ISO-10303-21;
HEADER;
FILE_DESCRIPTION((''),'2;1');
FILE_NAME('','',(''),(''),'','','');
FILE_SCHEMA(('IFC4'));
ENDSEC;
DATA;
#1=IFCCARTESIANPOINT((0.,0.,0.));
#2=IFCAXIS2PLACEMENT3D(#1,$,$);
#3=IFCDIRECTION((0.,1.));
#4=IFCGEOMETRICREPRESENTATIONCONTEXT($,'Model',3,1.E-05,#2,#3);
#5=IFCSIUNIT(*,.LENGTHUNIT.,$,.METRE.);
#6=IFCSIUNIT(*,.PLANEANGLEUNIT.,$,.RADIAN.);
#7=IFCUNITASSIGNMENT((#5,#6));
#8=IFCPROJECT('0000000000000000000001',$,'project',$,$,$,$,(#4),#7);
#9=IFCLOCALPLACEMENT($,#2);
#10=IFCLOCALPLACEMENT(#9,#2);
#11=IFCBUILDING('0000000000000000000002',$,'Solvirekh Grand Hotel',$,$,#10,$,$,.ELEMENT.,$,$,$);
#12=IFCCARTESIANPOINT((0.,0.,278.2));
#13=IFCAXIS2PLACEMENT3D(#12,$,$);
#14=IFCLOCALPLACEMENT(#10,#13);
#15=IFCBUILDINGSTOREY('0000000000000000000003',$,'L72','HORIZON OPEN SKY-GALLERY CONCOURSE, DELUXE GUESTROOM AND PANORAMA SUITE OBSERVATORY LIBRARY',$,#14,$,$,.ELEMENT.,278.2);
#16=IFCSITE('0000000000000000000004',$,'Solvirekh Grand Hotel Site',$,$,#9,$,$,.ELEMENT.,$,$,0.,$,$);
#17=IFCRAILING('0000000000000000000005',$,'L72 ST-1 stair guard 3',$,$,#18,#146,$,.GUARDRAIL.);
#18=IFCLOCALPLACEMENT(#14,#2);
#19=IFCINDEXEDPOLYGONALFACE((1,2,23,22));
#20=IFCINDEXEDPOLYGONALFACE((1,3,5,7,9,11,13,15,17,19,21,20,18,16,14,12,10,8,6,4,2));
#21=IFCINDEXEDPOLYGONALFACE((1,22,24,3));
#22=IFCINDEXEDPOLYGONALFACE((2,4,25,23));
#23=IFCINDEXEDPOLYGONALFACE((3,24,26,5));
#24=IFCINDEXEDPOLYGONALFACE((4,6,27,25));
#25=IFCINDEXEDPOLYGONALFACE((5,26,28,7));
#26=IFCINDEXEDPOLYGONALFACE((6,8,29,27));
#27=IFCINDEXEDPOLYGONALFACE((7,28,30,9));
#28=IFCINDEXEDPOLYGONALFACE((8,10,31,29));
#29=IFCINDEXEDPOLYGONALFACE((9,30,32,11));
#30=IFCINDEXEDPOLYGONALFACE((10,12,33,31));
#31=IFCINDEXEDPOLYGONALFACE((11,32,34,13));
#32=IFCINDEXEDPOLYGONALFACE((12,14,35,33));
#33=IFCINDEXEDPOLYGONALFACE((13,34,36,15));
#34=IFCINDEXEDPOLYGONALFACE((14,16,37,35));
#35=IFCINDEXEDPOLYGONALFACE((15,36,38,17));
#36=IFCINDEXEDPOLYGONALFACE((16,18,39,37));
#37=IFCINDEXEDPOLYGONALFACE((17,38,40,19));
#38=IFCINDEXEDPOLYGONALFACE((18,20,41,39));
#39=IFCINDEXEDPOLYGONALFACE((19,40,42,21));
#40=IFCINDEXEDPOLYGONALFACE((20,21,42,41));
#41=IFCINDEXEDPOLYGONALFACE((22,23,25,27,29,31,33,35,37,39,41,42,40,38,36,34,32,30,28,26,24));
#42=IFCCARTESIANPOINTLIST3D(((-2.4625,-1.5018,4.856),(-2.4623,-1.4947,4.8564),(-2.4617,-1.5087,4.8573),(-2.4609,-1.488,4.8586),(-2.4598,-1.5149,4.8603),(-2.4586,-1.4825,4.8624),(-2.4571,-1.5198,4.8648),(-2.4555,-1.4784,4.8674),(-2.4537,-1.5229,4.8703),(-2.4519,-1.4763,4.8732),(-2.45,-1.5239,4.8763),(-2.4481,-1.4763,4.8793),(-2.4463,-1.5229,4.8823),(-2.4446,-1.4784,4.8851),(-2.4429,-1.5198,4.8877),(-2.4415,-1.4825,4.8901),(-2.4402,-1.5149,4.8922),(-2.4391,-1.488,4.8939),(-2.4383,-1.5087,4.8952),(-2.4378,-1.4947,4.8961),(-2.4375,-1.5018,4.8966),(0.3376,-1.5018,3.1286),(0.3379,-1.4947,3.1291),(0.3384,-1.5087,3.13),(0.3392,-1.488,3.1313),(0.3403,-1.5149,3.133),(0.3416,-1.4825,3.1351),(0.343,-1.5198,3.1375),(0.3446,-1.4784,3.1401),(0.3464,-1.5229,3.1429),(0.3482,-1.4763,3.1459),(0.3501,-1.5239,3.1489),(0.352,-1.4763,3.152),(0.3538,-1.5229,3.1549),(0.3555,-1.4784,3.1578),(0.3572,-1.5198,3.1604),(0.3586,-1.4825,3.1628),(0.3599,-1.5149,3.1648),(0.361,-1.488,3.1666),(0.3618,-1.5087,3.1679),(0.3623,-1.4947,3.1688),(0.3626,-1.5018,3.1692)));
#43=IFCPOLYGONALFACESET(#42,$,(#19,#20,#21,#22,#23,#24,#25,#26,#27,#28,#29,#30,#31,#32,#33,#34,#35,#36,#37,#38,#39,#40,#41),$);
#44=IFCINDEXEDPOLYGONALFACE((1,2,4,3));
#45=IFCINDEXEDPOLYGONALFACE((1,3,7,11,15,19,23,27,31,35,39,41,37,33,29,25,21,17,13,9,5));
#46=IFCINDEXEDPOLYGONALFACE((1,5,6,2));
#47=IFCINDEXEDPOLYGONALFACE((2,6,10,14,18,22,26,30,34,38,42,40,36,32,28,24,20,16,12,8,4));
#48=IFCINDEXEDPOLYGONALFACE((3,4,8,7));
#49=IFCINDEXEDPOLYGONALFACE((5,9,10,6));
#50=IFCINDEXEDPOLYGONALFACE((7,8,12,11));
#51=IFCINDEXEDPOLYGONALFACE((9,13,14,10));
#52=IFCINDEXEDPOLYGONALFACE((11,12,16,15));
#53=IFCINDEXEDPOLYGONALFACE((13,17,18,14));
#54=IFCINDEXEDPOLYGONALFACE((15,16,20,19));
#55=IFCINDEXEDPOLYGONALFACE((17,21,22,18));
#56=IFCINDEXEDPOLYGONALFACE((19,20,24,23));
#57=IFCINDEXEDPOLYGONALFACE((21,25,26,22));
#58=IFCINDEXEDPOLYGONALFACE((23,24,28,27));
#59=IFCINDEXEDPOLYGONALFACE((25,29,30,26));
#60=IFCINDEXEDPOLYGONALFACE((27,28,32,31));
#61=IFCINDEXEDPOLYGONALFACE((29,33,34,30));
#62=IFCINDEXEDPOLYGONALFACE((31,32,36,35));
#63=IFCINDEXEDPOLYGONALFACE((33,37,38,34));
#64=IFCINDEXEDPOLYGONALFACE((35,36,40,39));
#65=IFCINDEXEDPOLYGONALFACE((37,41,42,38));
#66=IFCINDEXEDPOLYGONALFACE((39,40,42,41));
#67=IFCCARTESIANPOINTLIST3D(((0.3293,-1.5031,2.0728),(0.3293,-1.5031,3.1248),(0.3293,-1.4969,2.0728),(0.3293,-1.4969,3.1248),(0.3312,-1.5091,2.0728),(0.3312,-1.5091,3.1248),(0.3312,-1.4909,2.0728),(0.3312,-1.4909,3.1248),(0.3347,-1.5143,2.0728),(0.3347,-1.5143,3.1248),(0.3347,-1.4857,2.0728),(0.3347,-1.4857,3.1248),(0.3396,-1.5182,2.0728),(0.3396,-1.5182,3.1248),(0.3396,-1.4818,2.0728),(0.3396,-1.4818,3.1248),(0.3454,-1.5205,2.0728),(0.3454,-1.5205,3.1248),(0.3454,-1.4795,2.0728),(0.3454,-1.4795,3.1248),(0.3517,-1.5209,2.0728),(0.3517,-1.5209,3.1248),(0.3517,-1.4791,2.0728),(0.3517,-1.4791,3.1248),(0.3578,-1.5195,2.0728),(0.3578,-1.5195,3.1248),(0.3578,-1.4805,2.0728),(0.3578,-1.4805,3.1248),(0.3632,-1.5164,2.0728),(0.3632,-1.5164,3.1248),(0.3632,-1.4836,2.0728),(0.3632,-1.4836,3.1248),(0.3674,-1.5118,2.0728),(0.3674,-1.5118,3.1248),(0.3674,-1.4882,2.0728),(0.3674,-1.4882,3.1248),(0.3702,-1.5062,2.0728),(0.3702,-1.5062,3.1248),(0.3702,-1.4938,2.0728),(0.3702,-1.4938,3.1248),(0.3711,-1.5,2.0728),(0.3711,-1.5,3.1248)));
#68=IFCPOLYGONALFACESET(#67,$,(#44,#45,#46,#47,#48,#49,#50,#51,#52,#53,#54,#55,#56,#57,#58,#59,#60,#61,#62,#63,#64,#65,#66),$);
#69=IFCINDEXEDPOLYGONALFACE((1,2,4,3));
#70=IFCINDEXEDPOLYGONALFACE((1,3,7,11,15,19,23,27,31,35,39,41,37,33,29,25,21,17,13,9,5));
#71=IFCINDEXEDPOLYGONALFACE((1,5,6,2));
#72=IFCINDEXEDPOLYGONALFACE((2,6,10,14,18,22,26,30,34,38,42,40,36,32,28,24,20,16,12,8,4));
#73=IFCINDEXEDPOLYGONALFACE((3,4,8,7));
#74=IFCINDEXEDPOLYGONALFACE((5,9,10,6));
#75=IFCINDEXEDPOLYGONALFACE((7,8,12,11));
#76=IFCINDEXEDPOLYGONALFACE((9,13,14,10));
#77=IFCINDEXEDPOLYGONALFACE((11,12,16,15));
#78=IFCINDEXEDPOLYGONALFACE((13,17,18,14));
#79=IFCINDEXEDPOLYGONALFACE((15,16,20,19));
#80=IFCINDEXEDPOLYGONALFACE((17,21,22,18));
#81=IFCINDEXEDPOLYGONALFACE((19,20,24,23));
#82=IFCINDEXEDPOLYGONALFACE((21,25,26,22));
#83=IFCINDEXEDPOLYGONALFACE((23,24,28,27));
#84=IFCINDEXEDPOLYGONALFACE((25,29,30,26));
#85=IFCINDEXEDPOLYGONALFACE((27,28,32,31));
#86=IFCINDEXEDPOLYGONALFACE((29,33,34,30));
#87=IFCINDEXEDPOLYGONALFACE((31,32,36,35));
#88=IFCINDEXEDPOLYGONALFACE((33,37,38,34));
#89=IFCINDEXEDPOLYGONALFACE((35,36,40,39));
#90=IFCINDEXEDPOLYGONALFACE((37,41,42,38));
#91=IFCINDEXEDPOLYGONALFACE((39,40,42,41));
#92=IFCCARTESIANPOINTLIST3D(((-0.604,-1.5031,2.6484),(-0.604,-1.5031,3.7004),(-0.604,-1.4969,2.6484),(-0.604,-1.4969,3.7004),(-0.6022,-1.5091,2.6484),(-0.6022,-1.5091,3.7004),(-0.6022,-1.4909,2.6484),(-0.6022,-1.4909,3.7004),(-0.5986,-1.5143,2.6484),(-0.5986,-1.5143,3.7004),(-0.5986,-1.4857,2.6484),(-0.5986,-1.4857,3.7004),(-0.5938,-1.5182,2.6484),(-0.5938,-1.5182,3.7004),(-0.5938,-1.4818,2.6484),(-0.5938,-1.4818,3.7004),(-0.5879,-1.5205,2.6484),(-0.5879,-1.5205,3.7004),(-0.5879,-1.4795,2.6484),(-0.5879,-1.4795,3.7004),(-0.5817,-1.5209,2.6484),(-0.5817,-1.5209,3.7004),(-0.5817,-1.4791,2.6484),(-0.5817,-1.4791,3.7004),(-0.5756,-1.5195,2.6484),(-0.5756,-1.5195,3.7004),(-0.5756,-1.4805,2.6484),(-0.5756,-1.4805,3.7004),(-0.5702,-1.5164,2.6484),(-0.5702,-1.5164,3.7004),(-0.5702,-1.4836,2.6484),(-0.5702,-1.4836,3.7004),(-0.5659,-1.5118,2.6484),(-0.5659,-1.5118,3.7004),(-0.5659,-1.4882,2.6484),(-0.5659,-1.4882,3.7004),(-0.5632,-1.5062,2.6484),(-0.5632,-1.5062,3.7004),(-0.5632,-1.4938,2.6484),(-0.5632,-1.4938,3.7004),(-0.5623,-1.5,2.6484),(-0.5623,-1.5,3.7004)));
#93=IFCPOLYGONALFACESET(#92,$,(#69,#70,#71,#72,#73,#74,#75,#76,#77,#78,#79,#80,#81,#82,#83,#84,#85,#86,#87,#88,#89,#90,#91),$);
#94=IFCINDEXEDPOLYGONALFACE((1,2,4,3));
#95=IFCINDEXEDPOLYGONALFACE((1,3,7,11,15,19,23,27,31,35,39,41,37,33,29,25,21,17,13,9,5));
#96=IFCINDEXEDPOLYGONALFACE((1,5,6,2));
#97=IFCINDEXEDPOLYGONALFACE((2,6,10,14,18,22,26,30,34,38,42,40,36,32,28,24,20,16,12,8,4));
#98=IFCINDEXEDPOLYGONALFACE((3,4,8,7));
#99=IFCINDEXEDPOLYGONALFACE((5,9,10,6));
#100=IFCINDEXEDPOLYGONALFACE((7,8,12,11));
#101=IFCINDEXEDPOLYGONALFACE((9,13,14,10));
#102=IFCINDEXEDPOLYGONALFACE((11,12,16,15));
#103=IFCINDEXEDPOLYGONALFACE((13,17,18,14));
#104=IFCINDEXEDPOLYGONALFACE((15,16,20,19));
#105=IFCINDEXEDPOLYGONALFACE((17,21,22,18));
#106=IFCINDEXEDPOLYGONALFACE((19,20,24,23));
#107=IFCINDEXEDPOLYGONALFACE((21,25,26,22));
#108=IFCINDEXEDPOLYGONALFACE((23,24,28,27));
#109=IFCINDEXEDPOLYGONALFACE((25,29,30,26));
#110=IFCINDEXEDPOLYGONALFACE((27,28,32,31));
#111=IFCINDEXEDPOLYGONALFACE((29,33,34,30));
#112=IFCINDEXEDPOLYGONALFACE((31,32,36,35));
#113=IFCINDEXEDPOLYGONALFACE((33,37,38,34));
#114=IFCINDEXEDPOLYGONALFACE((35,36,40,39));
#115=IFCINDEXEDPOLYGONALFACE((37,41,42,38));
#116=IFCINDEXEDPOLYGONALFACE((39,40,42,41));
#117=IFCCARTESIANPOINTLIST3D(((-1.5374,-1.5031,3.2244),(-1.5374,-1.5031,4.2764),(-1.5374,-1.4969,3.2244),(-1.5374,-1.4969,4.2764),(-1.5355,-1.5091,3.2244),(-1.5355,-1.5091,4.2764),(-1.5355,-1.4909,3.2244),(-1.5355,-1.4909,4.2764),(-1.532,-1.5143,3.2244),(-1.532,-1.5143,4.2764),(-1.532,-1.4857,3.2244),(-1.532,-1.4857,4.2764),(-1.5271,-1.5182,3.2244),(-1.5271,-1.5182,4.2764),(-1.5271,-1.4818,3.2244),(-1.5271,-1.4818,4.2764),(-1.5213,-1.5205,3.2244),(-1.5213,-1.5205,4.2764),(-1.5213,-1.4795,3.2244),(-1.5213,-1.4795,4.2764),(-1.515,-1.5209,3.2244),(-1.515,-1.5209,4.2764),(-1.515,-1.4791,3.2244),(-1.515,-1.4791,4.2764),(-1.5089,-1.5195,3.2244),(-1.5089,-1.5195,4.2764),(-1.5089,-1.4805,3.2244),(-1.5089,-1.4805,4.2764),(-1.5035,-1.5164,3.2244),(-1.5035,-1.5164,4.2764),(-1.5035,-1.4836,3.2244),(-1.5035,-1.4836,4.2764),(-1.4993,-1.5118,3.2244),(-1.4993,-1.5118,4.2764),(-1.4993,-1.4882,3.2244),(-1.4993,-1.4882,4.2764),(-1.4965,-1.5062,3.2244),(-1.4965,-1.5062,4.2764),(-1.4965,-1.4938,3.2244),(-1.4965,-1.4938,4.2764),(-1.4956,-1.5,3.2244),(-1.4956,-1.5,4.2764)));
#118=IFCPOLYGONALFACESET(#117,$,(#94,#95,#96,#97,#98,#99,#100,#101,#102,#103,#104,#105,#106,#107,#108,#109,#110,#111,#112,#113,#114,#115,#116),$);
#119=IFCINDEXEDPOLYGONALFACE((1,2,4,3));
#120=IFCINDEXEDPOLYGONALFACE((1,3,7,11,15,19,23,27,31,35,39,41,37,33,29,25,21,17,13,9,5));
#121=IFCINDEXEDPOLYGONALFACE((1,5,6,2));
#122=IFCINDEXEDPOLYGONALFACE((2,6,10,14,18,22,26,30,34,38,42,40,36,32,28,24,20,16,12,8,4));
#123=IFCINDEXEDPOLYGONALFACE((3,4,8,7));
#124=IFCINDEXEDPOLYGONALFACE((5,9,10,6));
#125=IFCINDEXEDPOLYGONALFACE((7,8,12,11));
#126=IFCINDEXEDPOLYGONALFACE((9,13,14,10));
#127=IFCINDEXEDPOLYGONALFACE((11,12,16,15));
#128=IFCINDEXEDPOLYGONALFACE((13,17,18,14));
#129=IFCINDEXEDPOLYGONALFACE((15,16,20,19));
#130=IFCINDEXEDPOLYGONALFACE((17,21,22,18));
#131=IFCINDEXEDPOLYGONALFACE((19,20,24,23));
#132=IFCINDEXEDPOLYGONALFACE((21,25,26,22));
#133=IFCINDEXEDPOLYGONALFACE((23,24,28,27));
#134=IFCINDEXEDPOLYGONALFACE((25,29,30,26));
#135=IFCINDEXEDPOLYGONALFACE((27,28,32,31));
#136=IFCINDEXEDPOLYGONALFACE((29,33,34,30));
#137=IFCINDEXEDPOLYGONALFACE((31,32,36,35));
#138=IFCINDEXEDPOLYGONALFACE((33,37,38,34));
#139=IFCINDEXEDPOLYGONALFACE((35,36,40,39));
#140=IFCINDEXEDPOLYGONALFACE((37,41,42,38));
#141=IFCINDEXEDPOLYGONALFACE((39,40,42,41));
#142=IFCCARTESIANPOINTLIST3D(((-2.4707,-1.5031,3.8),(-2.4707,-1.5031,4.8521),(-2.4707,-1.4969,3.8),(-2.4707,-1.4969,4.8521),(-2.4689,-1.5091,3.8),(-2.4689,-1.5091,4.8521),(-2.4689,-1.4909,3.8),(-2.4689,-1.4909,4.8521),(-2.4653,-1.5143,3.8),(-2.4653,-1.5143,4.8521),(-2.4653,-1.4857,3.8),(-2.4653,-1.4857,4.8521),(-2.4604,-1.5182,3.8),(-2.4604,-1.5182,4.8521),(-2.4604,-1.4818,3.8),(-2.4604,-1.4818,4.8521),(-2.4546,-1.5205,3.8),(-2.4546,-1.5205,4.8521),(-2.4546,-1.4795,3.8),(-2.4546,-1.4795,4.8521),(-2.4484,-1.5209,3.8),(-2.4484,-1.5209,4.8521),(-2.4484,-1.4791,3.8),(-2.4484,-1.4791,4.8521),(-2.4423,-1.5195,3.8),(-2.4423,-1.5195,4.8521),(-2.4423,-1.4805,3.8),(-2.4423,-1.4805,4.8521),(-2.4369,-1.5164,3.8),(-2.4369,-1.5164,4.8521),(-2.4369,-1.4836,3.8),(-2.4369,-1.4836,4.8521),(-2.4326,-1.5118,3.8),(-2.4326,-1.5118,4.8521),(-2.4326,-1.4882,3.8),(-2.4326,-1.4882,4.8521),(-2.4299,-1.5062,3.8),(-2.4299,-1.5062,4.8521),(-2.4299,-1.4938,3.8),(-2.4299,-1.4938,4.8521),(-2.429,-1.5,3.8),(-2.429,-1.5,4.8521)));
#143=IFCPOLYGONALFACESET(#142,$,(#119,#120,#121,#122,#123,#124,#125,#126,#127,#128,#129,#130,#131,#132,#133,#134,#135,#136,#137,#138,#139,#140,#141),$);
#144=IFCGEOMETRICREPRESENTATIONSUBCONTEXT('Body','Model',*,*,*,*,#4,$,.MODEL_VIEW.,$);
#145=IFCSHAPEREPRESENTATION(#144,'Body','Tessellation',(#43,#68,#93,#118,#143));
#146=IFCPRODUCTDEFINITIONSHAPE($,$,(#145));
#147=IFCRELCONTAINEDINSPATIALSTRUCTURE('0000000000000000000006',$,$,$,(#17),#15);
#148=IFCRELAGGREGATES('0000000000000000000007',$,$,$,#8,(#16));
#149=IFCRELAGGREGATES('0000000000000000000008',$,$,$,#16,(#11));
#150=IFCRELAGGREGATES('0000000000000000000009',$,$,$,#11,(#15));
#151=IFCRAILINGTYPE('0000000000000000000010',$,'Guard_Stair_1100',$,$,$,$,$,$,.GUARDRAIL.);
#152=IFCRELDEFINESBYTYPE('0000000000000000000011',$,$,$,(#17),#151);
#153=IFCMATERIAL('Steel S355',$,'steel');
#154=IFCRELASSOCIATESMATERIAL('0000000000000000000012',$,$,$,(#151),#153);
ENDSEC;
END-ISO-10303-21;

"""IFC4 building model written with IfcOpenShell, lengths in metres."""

from ifc_helpers import new_model, si_unit, direction, frame, origin, origin_2d, place, context, subcontext, project, spatial, circle, extrude, material, type_object, element, save


model = new_model("IFC4")

# Units and contexts
model_context = context("Model", 3, precision=1e-05, world=origin(), true_north=direction((0.0, 1.0)))
body_context = subcontext(model_context, "Body", "Model", "MODEL_VIEW")
ifc_project = project(units=[si_unit("LENGTHUNIT", "METRE"), si_unit("PLANEANGLEUNIT", "RADIAN")], contexts=[model_context])

# Site, building, storey
site_placement = place(None, origin())
site = spatial("IfcSite", under=ifc_project, at=site_placement, Name="Solvirekh Grand Hotel Site", CompositionType="ELEMENT", RefElevation=0.0)
building_placement = place(site_placement, origin())
building = spatial("IfcBuilding", under=site, at=building_placement, Name="Solvirekh Grand Hotel", CompositionType="ELEMENT")
storey_placement = place(building_placement, frame((0.0, 0.0, 278.2)))
storey = spatial("IfcBuildingStorey", under=building, at=storey_placement, Name="L72", Description="HORIZON OPEN SKY-GALLERY CONCOURSE, DELUXE GUESTROOM AND PANORAMA SUITE OBSERVATORY LIBRARY", CompositionType="ELEMENT", Elevation=278.2)

# Shared definitions
ifc_material_1 = material(Name="Steel S355", Category="steel")

# Railing
railing_type_1 = type_object("IfcRailingType", Name="Guard_Stair_1100", PredefinedType="GUARDRAIL", material=ifc_material_1)
railing_1_placement = place(storey_placement, frame((0.3501, -1.5, 2.0728)))
element("IfcRailing", 1, at=railing_1_placement, inside=storey, type_object=railing_type_1, Name="L72 ST-1 stair guard 3", PredefinedType="GUARDRAIL", context=body_context, shape_type="SweptSolid", body=[
    extrude(circle(Radius=0.0239, at=origin_2d()), frame((0.0, 0.0, 1.0762), z_axis=(-0.85109, 0.0, 0.52502), x_axis=(0.0, -1.0, 0.0)), (0.0, 0.0, 1.0), 3.29),
    extrude(circle(Radius=0.021, at=origin_2d()), origin(), (0.0, 0.0, 1.0), 1.052),
    extrude(circle(Radius=0.021, at=origin_2d()), frame((-0.9333, 0.0, 0.5757)), (0.0, 0.0, 1.0), 1.052),
    extrude(circle(Radius=0.021, at=origin_2d()), frame((-1.8667, 0.0, 1.1516)), (0.0, 0.0, 1.0), 1.052),
    extrude(circle(Radius=0.021, at=origin_2d()), frame((-2.8, 0.0, 1.7273)), (0.0, 0.0, 1.0), 1.052),
])

save(model, "model.ifc")
